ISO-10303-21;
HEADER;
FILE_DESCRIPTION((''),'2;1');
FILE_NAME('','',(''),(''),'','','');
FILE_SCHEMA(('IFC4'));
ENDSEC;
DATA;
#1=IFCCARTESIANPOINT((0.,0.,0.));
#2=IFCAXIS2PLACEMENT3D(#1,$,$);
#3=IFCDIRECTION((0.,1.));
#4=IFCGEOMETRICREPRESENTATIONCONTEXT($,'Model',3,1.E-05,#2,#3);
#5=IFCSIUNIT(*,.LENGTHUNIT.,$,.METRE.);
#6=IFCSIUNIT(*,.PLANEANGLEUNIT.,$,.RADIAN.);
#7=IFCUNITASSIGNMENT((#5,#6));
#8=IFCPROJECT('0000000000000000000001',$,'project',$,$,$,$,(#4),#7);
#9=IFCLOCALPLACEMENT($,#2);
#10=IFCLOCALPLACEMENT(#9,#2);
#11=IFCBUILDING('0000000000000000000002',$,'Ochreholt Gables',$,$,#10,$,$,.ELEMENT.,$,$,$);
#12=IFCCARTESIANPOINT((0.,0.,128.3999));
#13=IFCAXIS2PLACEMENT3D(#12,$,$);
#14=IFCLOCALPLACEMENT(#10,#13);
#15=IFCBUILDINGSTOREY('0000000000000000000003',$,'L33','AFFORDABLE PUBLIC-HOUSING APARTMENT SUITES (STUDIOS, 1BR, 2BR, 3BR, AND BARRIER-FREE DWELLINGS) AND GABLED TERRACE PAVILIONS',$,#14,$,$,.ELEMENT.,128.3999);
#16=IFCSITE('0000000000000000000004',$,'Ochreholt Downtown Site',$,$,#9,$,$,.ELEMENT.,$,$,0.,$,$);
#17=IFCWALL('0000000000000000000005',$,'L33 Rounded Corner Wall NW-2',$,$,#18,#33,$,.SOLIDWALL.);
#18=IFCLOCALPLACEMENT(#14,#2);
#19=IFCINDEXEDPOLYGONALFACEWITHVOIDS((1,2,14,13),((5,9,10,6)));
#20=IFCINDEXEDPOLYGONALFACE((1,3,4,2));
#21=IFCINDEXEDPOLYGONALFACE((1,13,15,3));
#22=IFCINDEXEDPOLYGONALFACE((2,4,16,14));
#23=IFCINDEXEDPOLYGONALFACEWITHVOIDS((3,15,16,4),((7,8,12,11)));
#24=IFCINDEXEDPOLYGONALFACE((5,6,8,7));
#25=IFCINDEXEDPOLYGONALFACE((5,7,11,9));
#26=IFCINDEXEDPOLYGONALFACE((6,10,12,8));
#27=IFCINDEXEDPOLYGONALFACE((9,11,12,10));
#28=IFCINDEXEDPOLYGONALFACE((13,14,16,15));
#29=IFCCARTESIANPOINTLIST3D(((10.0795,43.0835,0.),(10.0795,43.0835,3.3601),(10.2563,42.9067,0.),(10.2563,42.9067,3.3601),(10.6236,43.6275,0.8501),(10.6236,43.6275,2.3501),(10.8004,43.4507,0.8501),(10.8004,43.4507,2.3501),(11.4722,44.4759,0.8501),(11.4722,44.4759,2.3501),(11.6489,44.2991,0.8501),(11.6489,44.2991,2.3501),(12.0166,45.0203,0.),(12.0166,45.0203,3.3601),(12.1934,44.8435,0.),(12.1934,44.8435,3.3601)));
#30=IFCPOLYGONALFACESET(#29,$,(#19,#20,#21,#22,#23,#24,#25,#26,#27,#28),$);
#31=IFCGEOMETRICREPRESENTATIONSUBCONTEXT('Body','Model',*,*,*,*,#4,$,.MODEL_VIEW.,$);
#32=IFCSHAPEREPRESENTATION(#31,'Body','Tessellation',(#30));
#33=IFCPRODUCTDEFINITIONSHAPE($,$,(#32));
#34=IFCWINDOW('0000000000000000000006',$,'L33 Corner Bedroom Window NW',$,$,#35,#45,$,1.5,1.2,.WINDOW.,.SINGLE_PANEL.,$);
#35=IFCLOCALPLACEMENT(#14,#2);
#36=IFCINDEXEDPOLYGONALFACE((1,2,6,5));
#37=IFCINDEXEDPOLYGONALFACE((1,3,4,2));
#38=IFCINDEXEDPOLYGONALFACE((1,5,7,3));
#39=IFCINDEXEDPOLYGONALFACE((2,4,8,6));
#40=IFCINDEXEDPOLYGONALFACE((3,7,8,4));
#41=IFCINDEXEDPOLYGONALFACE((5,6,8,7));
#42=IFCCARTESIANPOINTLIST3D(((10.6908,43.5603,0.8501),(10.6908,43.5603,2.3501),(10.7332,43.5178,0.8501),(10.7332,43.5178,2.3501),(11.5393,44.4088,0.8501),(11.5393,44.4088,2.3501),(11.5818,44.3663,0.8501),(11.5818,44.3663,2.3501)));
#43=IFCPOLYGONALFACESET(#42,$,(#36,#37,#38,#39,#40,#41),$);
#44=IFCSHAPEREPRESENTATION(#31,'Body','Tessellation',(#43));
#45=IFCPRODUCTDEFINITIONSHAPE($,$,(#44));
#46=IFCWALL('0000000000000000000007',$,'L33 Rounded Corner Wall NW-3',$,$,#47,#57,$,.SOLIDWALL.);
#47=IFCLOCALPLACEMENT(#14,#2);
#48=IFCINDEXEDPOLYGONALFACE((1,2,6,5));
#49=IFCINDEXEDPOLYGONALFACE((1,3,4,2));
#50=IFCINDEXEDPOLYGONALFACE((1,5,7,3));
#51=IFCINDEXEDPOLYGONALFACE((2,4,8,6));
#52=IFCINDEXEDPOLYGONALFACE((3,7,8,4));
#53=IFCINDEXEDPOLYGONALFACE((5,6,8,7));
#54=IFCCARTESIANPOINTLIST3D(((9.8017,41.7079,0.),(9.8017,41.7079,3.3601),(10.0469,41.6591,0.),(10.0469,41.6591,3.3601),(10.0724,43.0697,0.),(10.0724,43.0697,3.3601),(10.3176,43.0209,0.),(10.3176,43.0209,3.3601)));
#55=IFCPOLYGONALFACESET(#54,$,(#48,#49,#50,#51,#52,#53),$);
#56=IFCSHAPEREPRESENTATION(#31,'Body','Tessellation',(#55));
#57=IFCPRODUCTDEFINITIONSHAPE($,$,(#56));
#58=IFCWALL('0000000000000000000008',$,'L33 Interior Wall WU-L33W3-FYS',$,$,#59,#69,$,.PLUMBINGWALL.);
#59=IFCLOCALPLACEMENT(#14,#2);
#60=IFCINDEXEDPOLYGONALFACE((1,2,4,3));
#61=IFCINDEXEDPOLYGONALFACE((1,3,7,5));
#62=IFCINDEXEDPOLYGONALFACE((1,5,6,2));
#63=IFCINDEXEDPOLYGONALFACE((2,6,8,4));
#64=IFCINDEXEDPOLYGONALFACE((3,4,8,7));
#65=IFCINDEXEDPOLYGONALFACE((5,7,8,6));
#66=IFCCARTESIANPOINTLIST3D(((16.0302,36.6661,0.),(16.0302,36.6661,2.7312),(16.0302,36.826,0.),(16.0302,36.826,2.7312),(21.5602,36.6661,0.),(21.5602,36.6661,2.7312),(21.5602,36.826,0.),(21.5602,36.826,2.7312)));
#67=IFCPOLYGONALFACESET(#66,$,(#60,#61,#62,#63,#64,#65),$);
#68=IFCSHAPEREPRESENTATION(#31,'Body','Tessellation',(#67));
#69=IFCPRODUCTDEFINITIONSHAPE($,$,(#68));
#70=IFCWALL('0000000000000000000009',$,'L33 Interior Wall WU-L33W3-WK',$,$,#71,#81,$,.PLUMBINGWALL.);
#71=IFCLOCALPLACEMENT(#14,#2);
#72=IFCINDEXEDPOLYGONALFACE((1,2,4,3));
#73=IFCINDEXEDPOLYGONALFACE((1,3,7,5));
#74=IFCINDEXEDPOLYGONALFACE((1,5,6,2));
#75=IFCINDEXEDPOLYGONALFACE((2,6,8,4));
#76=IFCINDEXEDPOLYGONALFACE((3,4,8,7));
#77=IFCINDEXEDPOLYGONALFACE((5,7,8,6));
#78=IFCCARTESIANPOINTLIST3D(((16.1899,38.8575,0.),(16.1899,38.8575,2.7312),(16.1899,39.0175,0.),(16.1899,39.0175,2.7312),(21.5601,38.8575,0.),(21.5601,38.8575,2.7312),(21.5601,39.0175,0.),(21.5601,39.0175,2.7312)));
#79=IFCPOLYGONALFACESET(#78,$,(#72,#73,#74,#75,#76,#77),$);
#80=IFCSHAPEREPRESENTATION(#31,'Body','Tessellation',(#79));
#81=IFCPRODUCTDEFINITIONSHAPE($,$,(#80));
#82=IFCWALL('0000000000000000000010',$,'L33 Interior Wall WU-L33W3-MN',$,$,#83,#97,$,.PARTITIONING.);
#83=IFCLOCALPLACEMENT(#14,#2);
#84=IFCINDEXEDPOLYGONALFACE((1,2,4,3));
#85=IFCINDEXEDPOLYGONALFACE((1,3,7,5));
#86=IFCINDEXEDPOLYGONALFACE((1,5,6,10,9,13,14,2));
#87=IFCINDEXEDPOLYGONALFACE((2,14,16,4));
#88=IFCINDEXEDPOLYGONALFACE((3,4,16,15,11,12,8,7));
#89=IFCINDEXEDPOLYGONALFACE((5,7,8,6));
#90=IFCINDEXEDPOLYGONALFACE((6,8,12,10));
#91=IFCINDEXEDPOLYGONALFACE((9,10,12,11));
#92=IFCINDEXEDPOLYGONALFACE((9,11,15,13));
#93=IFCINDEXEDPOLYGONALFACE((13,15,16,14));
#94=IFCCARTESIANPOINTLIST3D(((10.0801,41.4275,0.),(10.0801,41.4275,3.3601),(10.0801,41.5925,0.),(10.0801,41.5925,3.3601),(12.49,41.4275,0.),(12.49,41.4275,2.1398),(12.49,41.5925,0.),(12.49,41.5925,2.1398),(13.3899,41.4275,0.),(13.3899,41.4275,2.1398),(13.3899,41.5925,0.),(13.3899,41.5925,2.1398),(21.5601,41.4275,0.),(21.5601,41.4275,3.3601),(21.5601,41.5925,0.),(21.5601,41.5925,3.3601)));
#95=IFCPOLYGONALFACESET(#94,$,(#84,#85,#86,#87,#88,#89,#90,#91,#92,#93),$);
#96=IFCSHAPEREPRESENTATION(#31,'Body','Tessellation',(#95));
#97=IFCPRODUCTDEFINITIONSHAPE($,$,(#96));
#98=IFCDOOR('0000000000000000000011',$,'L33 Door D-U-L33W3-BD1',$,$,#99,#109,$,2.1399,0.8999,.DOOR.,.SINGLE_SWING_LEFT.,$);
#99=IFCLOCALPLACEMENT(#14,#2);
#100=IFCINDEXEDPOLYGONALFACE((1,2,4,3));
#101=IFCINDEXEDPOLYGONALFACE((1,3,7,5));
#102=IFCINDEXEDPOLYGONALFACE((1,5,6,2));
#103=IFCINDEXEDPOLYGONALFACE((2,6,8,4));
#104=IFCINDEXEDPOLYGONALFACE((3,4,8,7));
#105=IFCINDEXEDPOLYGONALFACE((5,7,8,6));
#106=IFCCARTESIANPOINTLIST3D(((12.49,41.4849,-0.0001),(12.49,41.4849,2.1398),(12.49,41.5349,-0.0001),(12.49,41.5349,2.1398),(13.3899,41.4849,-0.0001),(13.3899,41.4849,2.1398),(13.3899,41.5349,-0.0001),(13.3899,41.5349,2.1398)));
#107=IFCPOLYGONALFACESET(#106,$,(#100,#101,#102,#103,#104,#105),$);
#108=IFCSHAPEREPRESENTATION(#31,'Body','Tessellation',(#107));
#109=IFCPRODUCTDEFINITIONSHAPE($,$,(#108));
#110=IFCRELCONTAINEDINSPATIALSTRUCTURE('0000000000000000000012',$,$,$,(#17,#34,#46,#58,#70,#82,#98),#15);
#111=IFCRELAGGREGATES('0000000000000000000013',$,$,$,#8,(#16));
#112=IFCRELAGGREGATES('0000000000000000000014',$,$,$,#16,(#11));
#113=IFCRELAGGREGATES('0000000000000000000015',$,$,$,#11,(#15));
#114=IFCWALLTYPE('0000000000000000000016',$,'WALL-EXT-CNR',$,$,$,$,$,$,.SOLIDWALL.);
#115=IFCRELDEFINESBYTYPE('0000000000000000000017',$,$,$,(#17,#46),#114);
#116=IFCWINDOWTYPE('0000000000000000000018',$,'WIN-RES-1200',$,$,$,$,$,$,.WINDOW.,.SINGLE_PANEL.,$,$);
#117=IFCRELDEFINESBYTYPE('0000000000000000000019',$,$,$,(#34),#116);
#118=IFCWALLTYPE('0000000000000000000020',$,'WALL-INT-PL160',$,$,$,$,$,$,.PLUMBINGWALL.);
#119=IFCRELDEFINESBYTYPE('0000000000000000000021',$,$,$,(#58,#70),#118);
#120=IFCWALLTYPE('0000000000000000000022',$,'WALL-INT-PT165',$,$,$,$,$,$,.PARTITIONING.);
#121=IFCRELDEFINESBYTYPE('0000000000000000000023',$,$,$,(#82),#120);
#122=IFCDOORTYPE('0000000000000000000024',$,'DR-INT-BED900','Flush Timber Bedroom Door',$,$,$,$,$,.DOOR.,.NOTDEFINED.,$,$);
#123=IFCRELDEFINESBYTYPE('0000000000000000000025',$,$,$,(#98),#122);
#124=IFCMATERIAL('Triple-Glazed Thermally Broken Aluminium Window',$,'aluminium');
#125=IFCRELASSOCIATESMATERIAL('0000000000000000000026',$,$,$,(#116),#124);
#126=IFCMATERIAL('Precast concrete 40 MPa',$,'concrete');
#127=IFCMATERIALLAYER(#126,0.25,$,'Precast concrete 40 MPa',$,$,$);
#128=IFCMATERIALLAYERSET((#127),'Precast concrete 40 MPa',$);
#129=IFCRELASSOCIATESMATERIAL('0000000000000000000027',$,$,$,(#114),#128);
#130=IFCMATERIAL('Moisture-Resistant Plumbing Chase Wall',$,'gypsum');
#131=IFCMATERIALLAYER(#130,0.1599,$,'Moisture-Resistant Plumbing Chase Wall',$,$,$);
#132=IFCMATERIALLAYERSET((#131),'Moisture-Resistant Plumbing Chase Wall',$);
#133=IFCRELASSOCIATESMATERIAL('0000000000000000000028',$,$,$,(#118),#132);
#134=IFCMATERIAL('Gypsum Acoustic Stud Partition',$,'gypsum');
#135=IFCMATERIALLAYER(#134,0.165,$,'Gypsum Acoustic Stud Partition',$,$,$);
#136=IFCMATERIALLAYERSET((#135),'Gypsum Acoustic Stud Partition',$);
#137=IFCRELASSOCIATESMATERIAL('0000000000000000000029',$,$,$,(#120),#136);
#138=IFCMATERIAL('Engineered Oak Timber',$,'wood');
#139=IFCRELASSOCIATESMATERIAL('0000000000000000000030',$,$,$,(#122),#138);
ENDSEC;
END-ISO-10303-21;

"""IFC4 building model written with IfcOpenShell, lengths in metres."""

from ifc_helpers import new_model, si_unit, direction, frame, frame_2d, origin, place, context, subcontext, project, spatial, rectangle, extrude, material, layer, layer_set, type_object, element, fill, save


model = new_model("IFC4")

# Units and contexts
model_context = context("Model", 3, precision=1e-05, world=origin(), true_north=direction((0.0, 1.0)))
body_context = subcontext(model_context, "Body", "Model", "MODEL_VIEW")
ifc_project = project(units=[si_unit("LENGTHUNIT", "METRE"), si_unit("PLANEANGLEUNIT", "RADIAN")], contexts=[model_context])

# Site, building, storey
site_placement = place(None, origin())
site = spatial("IfcSite", under=ifc_project, at=site_placement, Name="Ochreholt Downtown Site", CompositionType="ELEMENT", RefElevation=0.0)
building_placement = place(site_placement, origin())
building = spatial("IfcBuilding", under=site, at=building_placement, Name="Ochreholt Gables", CompositionType="ELEMENT")
storey_placement = place(building_placement, frame((0.0, 0.0, 128.3999)))
storey = spatial("IfcBuildingStorey", under=building, at=storey_placement, Name="L33", Description="AFFORDABLE PUBLIC-HOUSING APARTMENT SUITES (STUDIOS, 1BR, 2BR, 3BR, AND BARRIER-FREE DWELLINGS) AND GABLED TERRACE PAVILIONS", CompositionType="ELEMENT", Elevation=128.3999)

# Shared definitions
ifc_material_1 = material(Name="Precast concrete 40 MPa", Category="concrete")
ifc_material_2 = material(Name="Triple-Glazed Thermally Broken Aluminium Window", Category="aluminium")
window_type_1 = type_object("IfcWindowType", Name="WIN-RES-1200", PartitioningType="SINGLE_PANEL", PredefinedType="WINDOW", material=ifc_material_2)

# Shared definitions
ifc_layer_1 = layer(ifc_material_1, 0.25, Name="Precast concrete 40 MPa")
ifc_layer_set_1 = layer_set([ifc_layer_1], Name="Precast concrete 40 MPa")
wall_type_1 = type_object("IfcWallType", Name="WALL-EXT-CNR", PredefinedType="SOLIDWALL", material=ifc_layer_set_1)

# Wall, opening, window
wall_1_placement = place(storey_placement, frame((12.105, 44.9319, 0.0), z_axis=(0.0, 0.0, 1.0), x_axis=(-0.707151, -0.707062, 0.0)))
wall_1 = element("IfcWall", 1, at=wall_1_placement, inside=storey, type_object=wall_type_1, Name="L33 Rounded Corner Wall NW-2", PredefinedType="SOLIDWALL", context=body_context, shape_type="SweptSolid", body=[
    extrude(rectangle(XDim=2.7393, YDim=0.25, at=frame_2d((1.3696, 0.0))), origin(), (0.0, 0.0, 1.0), 3.3601),
])
opening_1_placement = place(wall_1_placement, frame((0.7698, 0.0, 0.8501)))
opening_1 = element("IfcOpeningElement", 2, at=opening_1_placement, cuts=wall_1, PredefinedType="OPENING", context=body_context, shape_type="SweptSolid", body=[
    extrude(rectangle(XDim=1.2, YDim=1.5, at=frame_2d((0.6001, 0.75))), frame((0.0, 0.135, 0.0), z_axis=(0.0, -1.0, 0.0), x_axis=(1.0, 0.0, 0.0)), (0.0, 0.0, 1.0), 0.27),
])
window_1_placement = place(opening_1_placement, origin())
window_1 = element("IfcWindow", 3, at=window_1_placement, inside=storey, type_object=window_type_1, Name="L33 Corner Bedroom Window NW", OverallHeight=1.5, OverallWidth=1.2, PartitioningType="SINGLE_PANEL", PredefinedType="WINDOW", context=body_context, shape_type="SweptSolid", body=[
    extrude(rectangle(XDim=1.2, YDim=1.5, at=frame_2d((0.6001, 0.75))), frame((0.0, 0.03, 0.0), z_axis=(0.0, -1.0, 0.0), x_axis=(1.0, 0.0, 0.0)), (0.0, 0.0, 1.0), 0.0601),
])
fill(opening_1, window_1)

# Walls
wall_2_placement = place(storey_placement, frame((10.1951, 43.0454, 0.0), z_axis=(0.0, 0.0, 1.0), x_axis=(-0.195, -0.980803, 0.0)))
element("IfcWall", 4, at=wall_2_placement, inside=storey, type_object=wall_type_1, Name="L33 Rounded Corner Wall NW-3", PredefinedType="SOLIDWALL", context=body_context, shape_type="SweptSolid", body=[
    extrude(rectangle(XDim=1.3884, YDim=0.25, at=frame_2d((0.6943, 0.0))), origin(), (0.0, 0.0, 1.0), 3.3601),
])
ifc_material_3 = material(Name="Moisture-Resistant Plumbing Chase Wall", Category="gypsum")
ifc_layer_2 = layer(ifc_material_3, 0.1599, Name="Moisture-Resistant Plumbing Chase Wall")
ifc_layer_set_2 = layer_set([ifc_layer_2], Name="Moisture-Resistant Plumbing Chase Wall")
wall_type_2 = type_object("IfcWallType", Name="WALL-INT-PL160", PredefinedType="PLUMBINGWALL", material=ifc_layer_set_2)
wall_3_placement = place(storey_placement, frame((16.03, 36.7461, 0.0), z_axis=(0.0, 0.0, 1.0), x_axis=(1.0, 0.0, 0.0)))
element("IfcWall", 5, at=wall_3_placement, inside=storey, type_object=wall_type_2, Name="L33 Interior Wall WU-L33W3-FYS", PredefinedType="PLUMBINGWALL", context=body_context, shape_type="SweptSolid", body=[
    extrude(rectangle(XDim=5.53, YDim=0.1599, at=frame_2d((2.7651, 0.0))), origin(), (0.0, 0.0, 1.0), 2.7312),
])

# Shared definitions
ifc_material_4 = material(Name="Engineered Oak Timber", Category="wood")

# Wall
wall_4_placement = place(storey_placement, frame((16.1899, 38.9375, 0.0), z_axis=(0.0, 0.0, 1.0), x_axis=(1.0, 0.0, 0.0)))
element("IfcWall", 6, at=wall_4_placement, inside=storey, type_object=wall_type_2, Name="L33 Interior Wall WU-L33W3-WK", PredefinedType="PLUMBINGWALL", context=body_context, shape_type="SweptSolid", body=[
    extrude(rectangle(XDim=5.3701, YDim=0.1599, at=frame_2d((2.6851, 0.0))), origin(), (0.0, 0.0, 1.0), 2.7312),
])

# Wall, opening, door
ifc_material_5 = material(Name="Gypsum Acoustic Stud Partition", Category="gypsum")
ifc_layer_3 = layer(ifc_material_5, 0.165, Name="Gypsum Acoustic Stud Partition")
ifc_layer_set_3 = layer_set([ifc_layer_3], Name="Gypsum Acoustic Stud Partition")
wall_type_3 = type_object("IfcWallType", Name="WALL-INT-PT165", PredefinedType="PARTITIONING", material=ifc_layer_set_3)
wall_5_placement = place(storey_placement, frame((10.0801, 41.51, 0.0), z_axis=(0.0, 0.0, 1.0), x_axis=(1.0, 0.0, 0.0)))
wall_5 = element("IfcWall", 7, at=wall_5_placement, inside=storey, type_object=wall_type_3, Name="L33 Interior Wall WU-L33W3-MN", PredefinedType="PARTITIONING", context=body_context, shape_type="SweptSolid", body=[
    extrude(rectangle(XDim=11.48, YDim=0.165, at=frame_2d((5.74, 0.0))), origin(), (0.0, 0.0, 1.0), 3.3601),
])
opening_2_placement = place(wall_5_placement, frame((2.4099, 0.0, 0.0)))
opening_2 = element("IfcOpeningElement", 8, at=opening_2_placement, cuts=wall_5, PredefinedType="OPENING", context=body_context, shape_type="SweptSolid", body=[
    extrude(rectangle(XDim=0.8999, YDim=2.1399, at=frame_2d((0.45, 1.0698))), frame((0.0, 0.0925, 0.0), z_axis=(0.0, -1.0, 0.0), x_axis=(1.0, 0.0, 0.0)), (0.0, 0.0, 1.0), 0.1851),
])
door_type_1 = type_object("IfcDoorType", Name="DR-INT-BED900", Description="Flush Timber Bedroom Door", OperationType="NOTDEFINED", PredefinedType="DOOR", material=ifc_material_4)
door_1_placement = place(opening_2_placement, origin())
door_1 = element("IfcDoor", 9, at=door_1_placement, inside=storey, type_object=door_type_1, Name="L33 Door D-U-L33W3-BD1", OperationType="SINGLE_SWING_LEFT", OverallHeight=2.1399, OverallWidth=0.8999, PredefinedType="DOOR", context=body_context, shape_type="SweptSolid", body=[
    extrude(rectangle(XDim=0.8999, YDim=2.1399, at=frame_2d((0.45, 1.0698))), frame((0.0, 0.0249, 0.0), z_axis=(0.0, -1.0, 0.0), x_axis=(1.0, 0.0, 0.0)), (0.0, 0.0, 1.0), 0.05),
])
fill(opening_2, door_1)

save(model, "model.ifc")
